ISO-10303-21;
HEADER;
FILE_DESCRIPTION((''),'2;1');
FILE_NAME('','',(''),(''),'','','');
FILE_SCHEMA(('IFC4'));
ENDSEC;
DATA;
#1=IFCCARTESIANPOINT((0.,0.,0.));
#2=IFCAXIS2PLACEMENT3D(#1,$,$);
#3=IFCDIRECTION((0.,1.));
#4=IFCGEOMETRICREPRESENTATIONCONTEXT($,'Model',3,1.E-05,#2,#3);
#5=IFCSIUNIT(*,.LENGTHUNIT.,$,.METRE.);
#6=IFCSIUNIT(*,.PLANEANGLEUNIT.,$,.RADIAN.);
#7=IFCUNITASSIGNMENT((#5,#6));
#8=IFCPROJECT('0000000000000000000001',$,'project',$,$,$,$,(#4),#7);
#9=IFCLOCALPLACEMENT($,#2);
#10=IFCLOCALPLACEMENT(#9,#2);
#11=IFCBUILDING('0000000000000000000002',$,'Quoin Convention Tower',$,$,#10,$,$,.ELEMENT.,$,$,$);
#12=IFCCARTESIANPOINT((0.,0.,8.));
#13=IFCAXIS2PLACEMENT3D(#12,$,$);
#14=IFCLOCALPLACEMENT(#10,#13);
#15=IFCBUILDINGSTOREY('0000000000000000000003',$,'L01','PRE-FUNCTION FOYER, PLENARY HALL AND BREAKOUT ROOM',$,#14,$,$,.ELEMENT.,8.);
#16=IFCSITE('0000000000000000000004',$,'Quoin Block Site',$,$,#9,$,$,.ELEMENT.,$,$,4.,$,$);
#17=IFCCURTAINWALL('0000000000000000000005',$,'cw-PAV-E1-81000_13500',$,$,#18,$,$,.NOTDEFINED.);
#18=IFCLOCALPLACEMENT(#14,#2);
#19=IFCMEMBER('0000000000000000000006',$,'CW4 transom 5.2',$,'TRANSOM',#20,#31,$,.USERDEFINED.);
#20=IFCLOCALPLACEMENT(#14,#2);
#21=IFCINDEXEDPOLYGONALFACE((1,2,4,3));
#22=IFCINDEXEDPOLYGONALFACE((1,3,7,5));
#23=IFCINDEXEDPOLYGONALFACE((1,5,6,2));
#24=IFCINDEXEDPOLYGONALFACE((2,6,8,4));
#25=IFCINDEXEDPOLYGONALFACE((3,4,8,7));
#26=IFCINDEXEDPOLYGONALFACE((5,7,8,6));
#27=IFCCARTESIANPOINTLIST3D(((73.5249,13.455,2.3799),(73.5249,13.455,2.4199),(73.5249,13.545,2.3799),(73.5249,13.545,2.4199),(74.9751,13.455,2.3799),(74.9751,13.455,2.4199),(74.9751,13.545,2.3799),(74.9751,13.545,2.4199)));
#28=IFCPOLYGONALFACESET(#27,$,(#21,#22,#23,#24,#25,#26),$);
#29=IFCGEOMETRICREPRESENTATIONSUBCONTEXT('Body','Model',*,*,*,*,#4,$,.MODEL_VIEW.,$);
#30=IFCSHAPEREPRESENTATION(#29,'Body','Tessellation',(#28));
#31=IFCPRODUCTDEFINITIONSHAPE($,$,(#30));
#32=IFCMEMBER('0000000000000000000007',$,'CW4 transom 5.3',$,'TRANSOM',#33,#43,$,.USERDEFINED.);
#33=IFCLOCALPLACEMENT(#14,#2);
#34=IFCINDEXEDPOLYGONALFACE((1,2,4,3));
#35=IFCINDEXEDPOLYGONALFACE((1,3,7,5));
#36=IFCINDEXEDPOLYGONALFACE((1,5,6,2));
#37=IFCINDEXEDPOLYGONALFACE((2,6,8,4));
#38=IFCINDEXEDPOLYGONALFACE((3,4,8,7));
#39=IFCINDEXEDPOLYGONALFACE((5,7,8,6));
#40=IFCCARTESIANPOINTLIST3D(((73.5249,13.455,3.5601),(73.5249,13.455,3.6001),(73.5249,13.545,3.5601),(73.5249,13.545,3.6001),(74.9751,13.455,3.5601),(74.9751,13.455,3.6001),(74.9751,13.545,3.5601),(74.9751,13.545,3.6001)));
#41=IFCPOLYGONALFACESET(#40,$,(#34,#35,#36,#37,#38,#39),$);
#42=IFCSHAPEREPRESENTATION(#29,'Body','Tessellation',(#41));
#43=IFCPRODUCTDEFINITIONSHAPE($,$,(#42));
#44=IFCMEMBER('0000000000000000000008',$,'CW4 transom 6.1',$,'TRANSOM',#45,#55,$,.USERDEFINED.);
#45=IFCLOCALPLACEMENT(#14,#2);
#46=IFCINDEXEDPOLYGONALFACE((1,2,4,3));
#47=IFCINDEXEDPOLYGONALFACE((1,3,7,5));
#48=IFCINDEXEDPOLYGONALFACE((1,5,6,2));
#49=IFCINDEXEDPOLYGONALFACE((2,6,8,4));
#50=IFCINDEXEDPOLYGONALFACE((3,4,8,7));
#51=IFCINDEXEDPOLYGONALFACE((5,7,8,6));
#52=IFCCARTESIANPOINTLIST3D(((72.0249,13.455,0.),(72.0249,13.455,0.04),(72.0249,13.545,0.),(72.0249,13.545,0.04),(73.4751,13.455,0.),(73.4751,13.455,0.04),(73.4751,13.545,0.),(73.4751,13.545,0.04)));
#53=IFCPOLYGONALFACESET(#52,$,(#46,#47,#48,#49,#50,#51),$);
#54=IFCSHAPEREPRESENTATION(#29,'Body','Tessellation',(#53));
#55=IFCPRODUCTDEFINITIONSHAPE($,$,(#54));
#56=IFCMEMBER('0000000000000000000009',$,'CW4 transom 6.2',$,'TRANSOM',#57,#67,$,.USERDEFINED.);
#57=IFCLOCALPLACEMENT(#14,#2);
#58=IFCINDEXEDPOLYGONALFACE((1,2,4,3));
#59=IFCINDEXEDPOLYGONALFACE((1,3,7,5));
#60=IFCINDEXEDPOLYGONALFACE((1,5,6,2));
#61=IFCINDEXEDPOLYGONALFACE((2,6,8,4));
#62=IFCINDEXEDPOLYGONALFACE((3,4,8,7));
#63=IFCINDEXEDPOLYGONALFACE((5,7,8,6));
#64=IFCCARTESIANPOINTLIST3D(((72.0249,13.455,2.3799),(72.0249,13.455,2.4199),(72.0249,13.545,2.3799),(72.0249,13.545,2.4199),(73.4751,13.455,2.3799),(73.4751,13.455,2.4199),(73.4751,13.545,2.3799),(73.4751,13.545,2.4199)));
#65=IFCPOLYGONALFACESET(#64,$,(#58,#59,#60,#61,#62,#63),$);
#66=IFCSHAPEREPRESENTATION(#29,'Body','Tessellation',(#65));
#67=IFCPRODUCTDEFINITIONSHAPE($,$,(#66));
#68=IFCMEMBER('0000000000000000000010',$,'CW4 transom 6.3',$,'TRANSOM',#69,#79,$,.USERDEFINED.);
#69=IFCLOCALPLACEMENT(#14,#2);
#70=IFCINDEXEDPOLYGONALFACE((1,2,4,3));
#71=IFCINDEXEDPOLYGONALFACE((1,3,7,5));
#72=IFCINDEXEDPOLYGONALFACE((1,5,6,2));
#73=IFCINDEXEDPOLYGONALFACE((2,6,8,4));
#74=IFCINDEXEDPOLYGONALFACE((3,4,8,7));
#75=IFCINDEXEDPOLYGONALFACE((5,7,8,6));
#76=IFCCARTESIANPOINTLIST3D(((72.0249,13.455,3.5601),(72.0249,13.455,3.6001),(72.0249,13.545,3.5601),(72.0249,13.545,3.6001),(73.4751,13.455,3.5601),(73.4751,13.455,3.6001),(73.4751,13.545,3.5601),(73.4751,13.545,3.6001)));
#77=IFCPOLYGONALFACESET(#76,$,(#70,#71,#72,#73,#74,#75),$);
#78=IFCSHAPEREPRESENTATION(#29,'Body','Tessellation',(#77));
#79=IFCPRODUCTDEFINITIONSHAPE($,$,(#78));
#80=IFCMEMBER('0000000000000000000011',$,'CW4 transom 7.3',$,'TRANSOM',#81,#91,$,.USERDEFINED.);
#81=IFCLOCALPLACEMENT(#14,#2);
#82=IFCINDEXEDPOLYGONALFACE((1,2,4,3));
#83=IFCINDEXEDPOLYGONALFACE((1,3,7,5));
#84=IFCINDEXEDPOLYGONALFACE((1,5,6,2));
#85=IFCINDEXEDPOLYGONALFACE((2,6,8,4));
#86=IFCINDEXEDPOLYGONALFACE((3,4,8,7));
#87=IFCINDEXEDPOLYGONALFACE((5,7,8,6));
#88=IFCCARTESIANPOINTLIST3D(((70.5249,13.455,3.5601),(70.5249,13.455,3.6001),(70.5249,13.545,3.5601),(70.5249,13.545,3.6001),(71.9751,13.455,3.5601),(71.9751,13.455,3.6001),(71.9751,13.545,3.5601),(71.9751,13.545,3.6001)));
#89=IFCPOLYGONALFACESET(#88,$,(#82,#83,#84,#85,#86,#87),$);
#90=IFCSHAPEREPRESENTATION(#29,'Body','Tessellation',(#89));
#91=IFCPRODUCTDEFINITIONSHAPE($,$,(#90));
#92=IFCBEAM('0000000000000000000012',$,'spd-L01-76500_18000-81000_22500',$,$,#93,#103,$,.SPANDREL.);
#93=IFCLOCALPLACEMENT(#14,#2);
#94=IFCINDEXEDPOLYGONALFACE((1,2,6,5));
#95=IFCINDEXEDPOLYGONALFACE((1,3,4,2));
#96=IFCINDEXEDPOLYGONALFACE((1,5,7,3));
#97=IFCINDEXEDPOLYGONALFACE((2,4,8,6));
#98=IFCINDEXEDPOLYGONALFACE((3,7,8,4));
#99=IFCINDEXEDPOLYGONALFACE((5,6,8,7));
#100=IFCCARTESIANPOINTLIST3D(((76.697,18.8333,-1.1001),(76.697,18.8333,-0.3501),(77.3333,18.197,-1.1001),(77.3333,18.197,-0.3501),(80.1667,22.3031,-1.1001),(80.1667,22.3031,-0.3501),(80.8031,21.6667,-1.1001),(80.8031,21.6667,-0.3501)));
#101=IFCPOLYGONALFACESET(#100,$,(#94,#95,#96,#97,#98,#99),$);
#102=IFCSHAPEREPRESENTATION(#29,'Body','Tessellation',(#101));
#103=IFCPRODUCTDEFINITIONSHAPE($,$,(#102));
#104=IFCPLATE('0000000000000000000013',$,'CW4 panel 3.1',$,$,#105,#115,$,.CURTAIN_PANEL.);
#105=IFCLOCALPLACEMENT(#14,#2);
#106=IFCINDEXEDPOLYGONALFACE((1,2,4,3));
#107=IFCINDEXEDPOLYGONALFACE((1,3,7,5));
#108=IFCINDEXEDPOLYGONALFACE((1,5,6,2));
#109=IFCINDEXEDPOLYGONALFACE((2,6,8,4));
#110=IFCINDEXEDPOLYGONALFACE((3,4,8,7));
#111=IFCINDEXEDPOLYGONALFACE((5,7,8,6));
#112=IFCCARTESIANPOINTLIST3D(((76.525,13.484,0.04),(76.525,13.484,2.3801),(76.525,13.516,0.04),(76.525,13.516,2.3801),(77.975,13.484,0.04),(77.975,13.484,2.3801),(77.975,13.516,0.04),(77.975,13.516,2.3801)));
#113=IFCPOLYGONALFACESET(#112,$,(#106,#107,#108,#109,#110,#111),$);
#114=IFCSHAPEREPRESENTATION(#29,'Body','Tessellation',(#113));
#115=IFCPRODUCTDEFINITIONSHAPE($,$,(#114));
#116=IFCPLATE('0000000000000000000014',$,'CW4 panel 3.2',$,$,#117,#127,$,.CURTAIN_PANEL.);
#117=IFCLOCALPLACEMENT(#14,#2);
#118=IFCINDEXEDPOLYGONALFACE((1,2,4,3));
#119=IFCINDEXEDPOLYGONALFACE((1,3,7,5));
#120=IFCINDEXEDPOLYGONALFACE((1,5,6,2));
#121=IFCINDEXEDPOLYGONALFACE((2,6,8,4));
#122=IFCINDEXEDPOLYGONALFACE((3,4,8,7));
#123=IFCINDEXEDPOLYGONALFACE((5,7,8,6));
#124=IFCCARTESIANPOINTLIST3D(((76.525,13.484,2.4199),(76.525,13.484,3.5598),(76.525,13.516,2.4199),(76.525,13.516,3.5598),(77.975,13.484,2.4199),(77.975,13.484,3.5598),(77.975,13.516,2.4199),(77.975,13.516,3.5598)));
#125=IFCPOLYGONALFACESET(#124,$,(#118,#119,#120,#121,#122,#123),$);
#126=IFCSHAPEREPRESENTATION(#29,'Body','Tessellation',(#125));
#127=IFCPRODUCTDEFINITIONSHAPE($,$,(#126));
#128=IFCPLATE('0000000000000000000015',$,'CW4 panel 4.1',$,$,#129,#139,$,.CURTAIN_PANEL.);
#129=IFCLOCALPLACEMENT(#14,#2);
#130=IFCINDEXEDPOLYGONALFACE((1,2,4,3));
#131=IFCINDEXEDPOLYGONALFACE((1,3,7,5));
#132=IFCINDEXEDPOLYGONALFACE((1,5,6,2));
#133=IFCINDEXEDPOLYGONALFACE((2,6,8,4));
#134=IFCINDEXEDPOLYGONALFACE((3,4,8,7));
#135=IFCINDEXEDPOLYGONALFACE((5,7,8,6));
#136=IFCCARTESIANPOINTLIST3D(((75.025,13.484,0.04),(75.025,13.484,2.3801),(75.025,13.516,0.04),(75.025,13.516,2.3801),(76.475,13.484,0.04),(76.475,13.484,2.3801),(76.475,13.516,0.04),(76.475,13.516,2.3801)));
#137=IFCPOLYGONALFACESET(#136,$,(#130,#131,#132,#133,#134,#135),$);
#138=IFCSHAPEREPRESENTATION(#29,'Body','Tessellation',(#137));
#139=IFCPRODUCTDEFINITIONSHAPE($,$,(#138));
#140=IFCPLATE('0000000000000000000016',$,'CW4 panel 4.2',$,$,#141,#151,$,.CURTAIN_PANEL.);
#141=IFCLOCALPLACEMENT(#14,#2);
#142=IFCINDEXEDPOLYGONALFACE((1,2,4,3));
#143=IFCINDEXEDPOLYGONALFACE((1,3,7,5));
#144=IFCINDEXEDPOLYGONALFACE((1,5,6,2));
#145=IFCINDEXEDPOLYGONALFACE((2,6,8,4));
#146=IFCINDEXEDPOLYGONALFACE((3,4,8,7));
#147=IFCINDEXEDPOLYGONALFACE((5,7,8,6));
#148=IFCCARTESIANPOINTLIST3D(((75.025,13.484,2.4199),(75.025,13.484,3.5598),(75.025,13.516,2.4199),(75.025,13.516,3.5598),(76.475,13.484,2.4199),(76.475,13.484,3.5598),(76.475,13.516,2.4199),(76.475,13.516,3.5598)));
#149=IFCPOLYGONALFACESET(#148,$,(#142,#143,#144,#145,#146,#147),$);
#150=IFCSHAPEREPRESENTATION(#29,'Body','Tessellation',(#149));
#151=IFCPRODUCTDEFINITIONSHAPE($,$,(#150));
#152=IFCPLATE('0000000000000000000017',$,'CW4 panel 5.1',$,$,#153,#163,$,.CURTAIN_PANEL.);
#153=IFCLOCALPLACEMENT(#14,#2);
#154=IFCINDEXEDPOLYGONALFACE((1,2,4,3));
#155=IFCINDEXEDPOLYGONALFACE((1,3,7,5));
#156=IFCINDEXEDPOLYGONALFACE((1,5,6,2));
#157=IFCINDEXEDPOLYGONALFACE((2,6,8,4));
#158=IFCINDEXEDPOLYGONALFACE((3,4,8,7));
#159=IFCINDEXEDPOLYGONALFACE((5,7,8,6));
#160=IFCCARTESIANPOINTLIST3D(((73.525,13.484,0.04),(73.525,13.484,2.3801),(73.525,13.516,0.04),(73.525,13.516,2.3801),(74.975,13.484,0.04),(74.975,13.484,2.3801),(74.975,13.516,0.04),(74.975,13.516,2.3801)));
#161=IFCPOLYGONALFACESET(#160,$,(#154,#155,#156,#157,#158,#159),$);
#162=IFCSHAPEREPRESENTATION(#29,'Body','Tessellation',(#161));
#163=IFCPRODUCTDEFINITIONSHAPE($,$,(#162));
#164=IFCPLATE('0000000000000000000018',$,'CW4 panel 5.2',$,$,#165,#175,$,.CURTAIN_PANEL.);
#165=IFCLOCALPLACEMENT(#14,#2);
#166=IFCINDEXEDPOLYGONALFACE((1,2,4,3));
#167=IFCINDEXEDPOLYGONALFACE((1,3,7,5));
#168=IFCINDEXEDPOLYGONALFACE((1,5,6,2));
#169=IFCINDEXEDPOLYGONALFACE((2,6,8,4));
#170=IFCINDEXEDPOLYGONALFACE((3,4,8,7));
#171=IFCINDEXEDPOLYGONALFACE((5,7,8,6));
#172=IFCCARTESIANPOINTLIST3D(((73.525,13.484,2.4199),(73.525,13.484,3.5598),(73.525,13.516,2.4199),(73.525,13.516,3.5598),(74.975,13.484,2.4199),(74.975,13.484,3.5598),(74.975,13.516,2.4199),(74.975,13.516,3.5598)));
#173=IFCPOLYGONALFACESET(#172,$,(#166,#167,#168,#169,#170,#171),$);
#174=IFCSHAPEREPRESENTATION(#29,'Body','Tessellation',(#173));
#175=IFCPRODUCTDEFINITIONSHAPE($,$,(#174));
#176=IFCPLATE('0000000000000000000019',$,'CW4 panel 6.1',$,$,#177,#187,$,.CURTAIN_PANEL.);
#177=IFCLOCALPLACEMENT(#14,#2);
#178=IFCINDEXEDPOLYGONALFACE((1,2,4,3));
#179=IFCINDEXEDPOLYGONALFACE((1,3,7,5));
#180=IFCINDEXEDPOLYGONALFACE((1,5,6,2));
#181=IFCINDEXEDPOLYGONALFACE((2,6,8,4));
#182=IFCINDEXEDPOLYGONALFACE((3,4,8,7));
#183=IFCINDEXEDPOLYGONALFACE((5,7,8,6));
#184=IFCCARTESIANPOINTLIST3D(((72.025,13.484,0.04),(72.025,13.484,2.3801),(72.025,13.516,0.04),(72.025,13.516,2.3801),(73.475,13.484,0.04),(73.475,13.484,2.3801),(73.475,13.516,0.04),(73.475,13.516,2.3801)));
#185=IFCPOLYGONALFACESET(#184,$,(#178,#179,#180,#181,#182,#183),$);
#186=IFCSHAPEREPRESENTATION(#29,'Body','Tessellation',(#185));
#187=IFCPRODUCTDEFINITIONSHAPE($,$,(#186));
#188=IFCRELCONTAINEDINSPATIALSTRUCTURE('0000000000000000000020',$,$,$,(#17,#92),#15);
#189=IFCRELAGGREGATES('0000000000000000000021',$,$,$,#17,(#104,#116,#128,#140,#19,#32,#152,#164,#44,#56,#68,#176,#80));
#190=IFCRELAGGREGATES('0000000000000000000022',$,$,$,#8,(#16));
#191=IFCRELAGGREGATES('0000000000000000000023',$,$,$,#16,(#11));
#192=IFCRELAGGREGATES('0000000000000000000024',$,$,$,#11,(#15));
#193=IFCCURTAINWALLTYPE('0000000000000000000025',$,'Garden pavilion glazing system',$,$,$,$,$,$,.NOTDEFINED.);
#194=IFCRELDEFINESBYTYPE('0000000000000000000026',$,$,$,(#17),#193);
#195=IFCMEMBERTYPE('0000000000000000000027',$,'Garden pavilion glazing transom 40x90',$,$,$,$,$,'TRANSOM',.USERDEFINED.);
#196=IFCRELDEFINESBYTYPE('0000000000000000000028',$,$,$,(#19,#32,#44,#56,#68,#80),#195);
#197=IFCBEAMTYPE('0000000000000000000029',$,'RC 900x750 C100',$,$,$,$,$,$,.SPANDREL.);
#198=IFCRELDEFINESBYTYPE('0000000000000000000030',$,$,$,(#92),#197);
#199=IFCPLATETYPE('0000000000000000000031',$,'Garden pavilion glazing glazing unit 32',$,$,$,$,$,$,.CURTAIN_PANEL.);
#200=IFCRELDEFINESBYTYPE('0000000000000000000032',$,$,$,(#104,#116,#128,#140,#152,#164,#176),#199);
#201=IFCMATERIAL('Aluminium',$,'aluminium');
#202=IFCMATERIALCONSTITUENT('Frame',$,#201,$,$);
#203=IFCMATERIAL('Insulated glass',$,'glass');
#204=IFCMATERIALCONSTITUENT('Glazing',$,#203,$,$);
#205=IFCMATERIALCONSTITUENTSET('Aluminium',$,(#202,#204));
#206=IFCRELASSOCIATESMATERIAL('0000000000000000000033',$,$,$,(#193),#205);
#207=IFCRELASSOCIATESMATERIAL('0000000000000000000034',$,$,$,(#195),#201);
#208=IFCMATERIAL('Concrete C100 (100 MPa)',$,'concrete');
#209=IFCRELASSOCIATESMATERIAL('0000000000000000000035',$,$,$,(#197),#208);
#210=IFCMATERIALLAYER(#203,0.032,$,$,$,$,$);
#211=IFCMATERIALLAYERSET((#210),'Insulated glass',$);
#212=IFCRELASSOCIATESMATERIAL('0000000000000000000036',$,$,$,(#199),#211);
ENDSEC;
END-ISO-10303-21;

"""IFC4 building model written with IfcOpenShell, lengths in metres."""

from ifc_helpers import new_model, si_unit, direction, frame, origin, origin_2d, place, context, subcontext, project, spatial, rectangle, extrude, material, layer, layer_set, constituent, constituent_set, material_profile, profile_set, type_object, element, aggregate, save


model = new_model("IFC4")

# Units and contexts
model_context = context("Model", 3, precision=1e-05, world=origin(), true_north=direction((0.0, 1.0)))
body_context = subcontext(model_context, "Body", "Model", "MODEL_VIEW")
ifc_project = project(units=[si_unit("LENGTHUNIT", "METRE"), si_unit("PLANEANGLEUNIT", "RADIAN")], contexts=[model_context])

# Site, building, storey
site_placement = place(None, origin())
site = spatial("IfcSite", under=ifc_project, at=site_placement, Name="Quoin Block Site", CompositionType="ELEMENT", RefElevation=4.0)
building_placement = place(site_placement, origin())
building = spatial("IfcBuilding", under=site, at=building_placement, Name="Quoin Convention Tower", CompositionType="ELEMENT")
storey_placement = place(building_placement, frame((0.0, 0.0, 8.0)))
storey = spatial("IfcBuildingStorey", under=building, at=storey_placement, Name="L01", Description="PRE-FUNCTION FOYER, PLENARY HALL AND BREAKOUT ROOM", CompositionType="ELEMENT", Elevation=8.0)

# Shared definitions
ifc_material_1 = material(Name="Concrete C100 (100 MPa)", Category="concrete")

# Curtain wall, members
ifc_material_2 = material(Name="Aluminium", Category="aluminium")
ifc_constituent_1 = constituent(ifc_material_2, Name="Frame")
ifc_material_3 = material(Name="Insulated glass", Category="glass")
ifc_constituent_2 = constituent(ifc_material_3, Name="Glazing")
ifc_constituent_set_1 = constituent_set(constituents=[ifc_constituent_1, ifc_constituent_2], Name="Aluminium")
curtain_wall_type = type_object("IfcCurtainWallType", Name="Garden pavilion glazing system", PredefinedType="NOTDEFINED", material=ifc_constituent_set_1)
curtain_wall_placement = place(storey_placement, origin())
curtain_wall = element("IfcCurtainWall", 1, at=curtain_wall_placement, inside=storey, type_object=curtain_wall_type, Name="cw-PAV-E1-81000_13500", PredefinedType="NOTDEFINED")
ifc_material_profile_1 = material_profile(ifc_material_2, rectangle(XDim=0.0901, YDim=0.04, at=origin_2d()), Name="Garden pavilion glazing transom 40x90")
ifc_profile_set_1 = profile_set([ifc_material_profile_1], Name="Aluminium")
member_type_1 = type_object("IfcMemberType", Name="Garden pavilion glazing transom 40x90", ElementType="TRANSOM", PredefinedType="USERDEFINED", material=ifc_profile_set_1)
member_1_placement = place(storey_placement, frame((74.9751, 13.5, 2.3999), z_axis=(-1.0, 0.0, 0.0), x_axis=(0.0, -1.0, 0.0)))
member_1 = element("IfcMember", 2, at=member_1_placement, type_object=member_type_1, Name="CW4 transom 5.2", ObjectType="TRANSOM", PredefinedType="USERDEFINED", context=body_context, shape_type="SweptSolid", body=[
    extrude(rectangle(XDim=0.0901, YDim=0.04, at=origin_2d()), origin(), (0.0, 0.0, 1.0), 1.4502),
])
member_2_placement = place(storey_placement, frame((74.9751, 13.5, 3.5801), z_axis=(-1.0, 0.0, 0.0), x_axis=(0.0, -1.0, 0.0)))
member_2 = element("IfcMember", 3, at=member_2_placement, type_object=member_type_1, Name="CW4 transom 5.3", ObjectType="TRANSOM", PredefinedType="USERDEFINED", context=body_context, shape_type="SweptSolid", body=[
    extrude(rectangle(XDim=0.0901, YDim=0.04, at=origin_2d()), origin(), (0.0, 0.0, 1.0), 1.4502),
])
member_3_placement = place(storey_placement, frame((73.4751, 13.5, 0.02), z_axis=(-1.0, 0.0, 0.0), x_axis=(0.0, -1.0, 0.0)))
member_3 = element("IfcMember", 4, at=member_3_placement, type_object=member_type_1, Name="CW4 transom 6.1", ObjectType="TRANSOM", PredefinedType="USERDEFINED", context=body_context, shape_type="SweptSolid", body=[
    extrude(rectangle(XDim=0.0901, YDim=0.04, at=origin_2d()), origin(), (0.0, 0.0, 1.0), 1.4502),
])
member_4_placement = place(storey_placement, frame((73.4751, 13.5, 2.3999), z_axis=(-1.0, 0.0, 0.0), x_axis=(0.0, -1.0, 0.0)))
member_4 = element("IfcMember", 5, at=member_4_placement, type_object=member_type_1, Name="CW4 transom 6.2", ObjectType="TRANSOM", PredefinedType="USERDEFINED", context=body_context, shape_type="SweptSolid", body=[
    extrude(rectangle(XDim=0.0901, YDim=0.04, at=origin_2d()), origin(), (0.0, 0.0, 1.0), 1.4502),
])
member_5_placement = place(storey_placement, frame((73.4751, 13.5, 3.5801), z_axis=(-1.0, 0.0, 0.0), x_axis=(0.0, -1.0, 0.0)))
member_5 = element("IfcMember", 6, at=member_5_placement, type_object=member_type_1, Name="CW4 transom 6.3", ObjectType="TRANSOM", PredefinedType="USERDEFINED", context=body_context, shape_type="SweptSolid", body=[
    extrude(rectangle(XDim=0.0901, YDim=0.04, at=origin_2d()), origin(), (0.0, 0.0, 1.0), 1.4502),
])
member_6_placement = place(storey_placement, frame((71.9751, 13.5, 3.5801), z_axis=(-1.0, 0.0, 0.0), x_axis=(0.0, -1.0, 0.0)))
member_6 = element("IfcMember", 7, at=member_6_placement, type_object=member_type_1, Name="CW4 transom 7.3", ObjectType="TRANSOM", PredefinedType="USERDEFINED", context=body_context, shape_type="SweptSolid", body=[
    extrude(rectangle(XDim=0.0901, YDim=0.04, at=origin_2d()), origin(), (0.0, 0.0, 1.0), 1.4502),
])

# Beam
ifc_material_profile_2 = material_profile(ifc_material_1, rectangle(XDim=0.8999, YDim=0.75, at=origin_2d()), Name="RC 900x750")
ifc_profile_set_2 = profile_set([ifc_material_profile_2], Name="Concrete C100 (100 MPa)")
beam_type_1 = type_object("IfcBeamType", Name="RC 900x750 C100", PredefinedType="SPANDREL", material=ifc_profile_set_2)
beam_1_placement = place(storey_placement, frame((77.0151, 18.5151, -0.7251), z_axis=(0.707107, 0.707107, 0.0), x_axis=(-0.707107, 0.707107, 0.0)))
element("IfcBeam", 8, at=beam_1_placement, inside=storey, type_object=beam_type_1, Name="spd-L01-76500_18000-81000_22500", PredefinedType="SPANDREL", context=body_context, shape_type="SweptSolid", body=[
    extrude(rectangle(XDim=0.8999, YDim=0.75, at=origin_2d()), origin(), (0.0, 0.0, 1.0), 4.907),
])

# Plates
ifc_layer_1 = layer(ifc_material_3, 0.032)
ifc_layer_set_1 = layer_set([ifc_layer_1], Name="Insulated glass")
plate_type = type_object("IfcPlateType", Name="Garden pavilion glazing glazing unit 32", PredefinedType="CURTAIN_PANEL", material=ifc_layer_set_1)
plate_1_placement = place(storey_placement, frame((77.25, 13.5, 0.04), z_axis=(0.0, 0.0, 1.0), x_axis=(-1.0, 0.0, 0.0)))
plate_1 = element("IfcPlate", 9, at=plate_1_placement, type_object=plate_type, Name="CW4 panel 3.1", PredefinedType="CURTAIN_PANEL", context=body_context, shape_type="SweptSolid", body=[
    extrude(rectangle(XDim=1.45, YDim=0.032, at=origin_2d()), origin(), (0.0, 0.0, 1.0), 2.3401),
])
plate_2_placement = place(storey_placement, frame((77.25, 13.5, 2.4199), z_axis=(0.0, 0.0, 1.0), x_axis=(-1.0, 0.0, 0.0)))
plate_2 = element("IfcPlate", 10, at=plate_2_placement, type_object=plate_type, Name="CW4 panel 3.2", PredefinedType="CURTAIN_PANEL", context=body_context, shape_type="SweptSolid", body=[
    extrude(rectangle(XDim=1.45, YDim=0.032, at=origin_2d()), origin(), (0.0, 0.0, 1.0), 1.1399),
])
plate_3_placement = place(storey_placement, frame((75.75, 13.5, 0.04), z_axis=(0.0, 0.0, 1.0), x_axis=(-1.0, 0.0, 0.0)))
plate_3 = element("IfcPlate", 11, at=plate_3_placement, type_object=plate_type, Name="CW4 panel 4.1", PredefinedType="CURTAIN_PANEL", context=body_context, shape_type="SweptSolid", body=[
    extrude(rectangle(XDim=1.45, YDim=0.032, at=origin_2d()), origin(), (0.0, 0.0, 1.0), 2.3401),
])
plate_4_placement = place(storey_placement, frame((75.75, 13.5, 2.4199), z_axis=(0.0, 0.0, 1.0), x_axis=(-1.0, 0.0, 0.0)))
plate_4 = element("IfcPlate", 12, at=plate_4_placement, type_object=plate_type, Name="CW4 panel 4.2", PredefinedType="CURTAIN_PANEL", context=body_context, shape_type="SweptSolid", body=[
    extrude(rectangle(XDim=1.45, YDim=0.032, at=origin_2d()), origin(), (0.0, 0.0, 1.0), 1.1399),
])
plate_5_placement = place(storey_placement, frame((74.25, 13.5, 0.04), z_axis=(0.0, 0.0, 1.0), x_axis=(-1.0, 0.0, 0.0)))
plate_5 = element("IfcPlate", 13, at=plate_5_placement, type_object=plate_type, Name="CW4 panel 5.1", PredefinedType="CURTAIN_PANEL", context=body_context, shape_type="SweptSolid", body=[
    extrude(rectangle(XDim=1.45, YDim=0.032, at=origin_2d()), origin(), (0.0, 0.0, 1.0), 2.3401),
])
plate_6_placement = place(storey_placement, frame((74.25, 13.5, 2.4199), z_axis=(0.0, 0.0, 1.0), x_axis=(-1.0, 0.0, 0.0)))
plate_6 = element("IfcPlate", 14, at=plate_6_placement, type_object=plate_type, Name="CW4 panel 5.2", PredefinedType="CURTAIN_PANEL", context=body_context, shape_type="SweptSolid", body=[
    extrude(rectangle(XDim=1.45, YDim=0.032, at=origin_2d()), origin(), (0.0, 0.0, 1.0), 1.1399),
])
plate_7_placement = place(storey_placement, frame((72.75, 13.5, 0.04), z_axis=(0.0, 0.0, 1.0), x_axis=(-1.0, 0.0, 0.0)))
plate_7 = element("IfcPlate", 15, at=plate_7_placement, type_object=plate_type, Name="CW4 panel 6.1", PredefinedType="CURTAIN_PANEL", context=body_context, shape_type="SweptSolid", body=[
    extrude(rectangle(XDim=1.45, YDim=0.032, at=origin_2d()), origin(), (0.0, 0.0, 1.0), 2.3401),
])
aggregate(curtain_wall, [plate_1, plate_2, plate_3, plate_4, member_1, member_2, plate_5, plate_6, member_3, member_4, member_5, plate_7, member_6])

save(model, "model.ifc")
